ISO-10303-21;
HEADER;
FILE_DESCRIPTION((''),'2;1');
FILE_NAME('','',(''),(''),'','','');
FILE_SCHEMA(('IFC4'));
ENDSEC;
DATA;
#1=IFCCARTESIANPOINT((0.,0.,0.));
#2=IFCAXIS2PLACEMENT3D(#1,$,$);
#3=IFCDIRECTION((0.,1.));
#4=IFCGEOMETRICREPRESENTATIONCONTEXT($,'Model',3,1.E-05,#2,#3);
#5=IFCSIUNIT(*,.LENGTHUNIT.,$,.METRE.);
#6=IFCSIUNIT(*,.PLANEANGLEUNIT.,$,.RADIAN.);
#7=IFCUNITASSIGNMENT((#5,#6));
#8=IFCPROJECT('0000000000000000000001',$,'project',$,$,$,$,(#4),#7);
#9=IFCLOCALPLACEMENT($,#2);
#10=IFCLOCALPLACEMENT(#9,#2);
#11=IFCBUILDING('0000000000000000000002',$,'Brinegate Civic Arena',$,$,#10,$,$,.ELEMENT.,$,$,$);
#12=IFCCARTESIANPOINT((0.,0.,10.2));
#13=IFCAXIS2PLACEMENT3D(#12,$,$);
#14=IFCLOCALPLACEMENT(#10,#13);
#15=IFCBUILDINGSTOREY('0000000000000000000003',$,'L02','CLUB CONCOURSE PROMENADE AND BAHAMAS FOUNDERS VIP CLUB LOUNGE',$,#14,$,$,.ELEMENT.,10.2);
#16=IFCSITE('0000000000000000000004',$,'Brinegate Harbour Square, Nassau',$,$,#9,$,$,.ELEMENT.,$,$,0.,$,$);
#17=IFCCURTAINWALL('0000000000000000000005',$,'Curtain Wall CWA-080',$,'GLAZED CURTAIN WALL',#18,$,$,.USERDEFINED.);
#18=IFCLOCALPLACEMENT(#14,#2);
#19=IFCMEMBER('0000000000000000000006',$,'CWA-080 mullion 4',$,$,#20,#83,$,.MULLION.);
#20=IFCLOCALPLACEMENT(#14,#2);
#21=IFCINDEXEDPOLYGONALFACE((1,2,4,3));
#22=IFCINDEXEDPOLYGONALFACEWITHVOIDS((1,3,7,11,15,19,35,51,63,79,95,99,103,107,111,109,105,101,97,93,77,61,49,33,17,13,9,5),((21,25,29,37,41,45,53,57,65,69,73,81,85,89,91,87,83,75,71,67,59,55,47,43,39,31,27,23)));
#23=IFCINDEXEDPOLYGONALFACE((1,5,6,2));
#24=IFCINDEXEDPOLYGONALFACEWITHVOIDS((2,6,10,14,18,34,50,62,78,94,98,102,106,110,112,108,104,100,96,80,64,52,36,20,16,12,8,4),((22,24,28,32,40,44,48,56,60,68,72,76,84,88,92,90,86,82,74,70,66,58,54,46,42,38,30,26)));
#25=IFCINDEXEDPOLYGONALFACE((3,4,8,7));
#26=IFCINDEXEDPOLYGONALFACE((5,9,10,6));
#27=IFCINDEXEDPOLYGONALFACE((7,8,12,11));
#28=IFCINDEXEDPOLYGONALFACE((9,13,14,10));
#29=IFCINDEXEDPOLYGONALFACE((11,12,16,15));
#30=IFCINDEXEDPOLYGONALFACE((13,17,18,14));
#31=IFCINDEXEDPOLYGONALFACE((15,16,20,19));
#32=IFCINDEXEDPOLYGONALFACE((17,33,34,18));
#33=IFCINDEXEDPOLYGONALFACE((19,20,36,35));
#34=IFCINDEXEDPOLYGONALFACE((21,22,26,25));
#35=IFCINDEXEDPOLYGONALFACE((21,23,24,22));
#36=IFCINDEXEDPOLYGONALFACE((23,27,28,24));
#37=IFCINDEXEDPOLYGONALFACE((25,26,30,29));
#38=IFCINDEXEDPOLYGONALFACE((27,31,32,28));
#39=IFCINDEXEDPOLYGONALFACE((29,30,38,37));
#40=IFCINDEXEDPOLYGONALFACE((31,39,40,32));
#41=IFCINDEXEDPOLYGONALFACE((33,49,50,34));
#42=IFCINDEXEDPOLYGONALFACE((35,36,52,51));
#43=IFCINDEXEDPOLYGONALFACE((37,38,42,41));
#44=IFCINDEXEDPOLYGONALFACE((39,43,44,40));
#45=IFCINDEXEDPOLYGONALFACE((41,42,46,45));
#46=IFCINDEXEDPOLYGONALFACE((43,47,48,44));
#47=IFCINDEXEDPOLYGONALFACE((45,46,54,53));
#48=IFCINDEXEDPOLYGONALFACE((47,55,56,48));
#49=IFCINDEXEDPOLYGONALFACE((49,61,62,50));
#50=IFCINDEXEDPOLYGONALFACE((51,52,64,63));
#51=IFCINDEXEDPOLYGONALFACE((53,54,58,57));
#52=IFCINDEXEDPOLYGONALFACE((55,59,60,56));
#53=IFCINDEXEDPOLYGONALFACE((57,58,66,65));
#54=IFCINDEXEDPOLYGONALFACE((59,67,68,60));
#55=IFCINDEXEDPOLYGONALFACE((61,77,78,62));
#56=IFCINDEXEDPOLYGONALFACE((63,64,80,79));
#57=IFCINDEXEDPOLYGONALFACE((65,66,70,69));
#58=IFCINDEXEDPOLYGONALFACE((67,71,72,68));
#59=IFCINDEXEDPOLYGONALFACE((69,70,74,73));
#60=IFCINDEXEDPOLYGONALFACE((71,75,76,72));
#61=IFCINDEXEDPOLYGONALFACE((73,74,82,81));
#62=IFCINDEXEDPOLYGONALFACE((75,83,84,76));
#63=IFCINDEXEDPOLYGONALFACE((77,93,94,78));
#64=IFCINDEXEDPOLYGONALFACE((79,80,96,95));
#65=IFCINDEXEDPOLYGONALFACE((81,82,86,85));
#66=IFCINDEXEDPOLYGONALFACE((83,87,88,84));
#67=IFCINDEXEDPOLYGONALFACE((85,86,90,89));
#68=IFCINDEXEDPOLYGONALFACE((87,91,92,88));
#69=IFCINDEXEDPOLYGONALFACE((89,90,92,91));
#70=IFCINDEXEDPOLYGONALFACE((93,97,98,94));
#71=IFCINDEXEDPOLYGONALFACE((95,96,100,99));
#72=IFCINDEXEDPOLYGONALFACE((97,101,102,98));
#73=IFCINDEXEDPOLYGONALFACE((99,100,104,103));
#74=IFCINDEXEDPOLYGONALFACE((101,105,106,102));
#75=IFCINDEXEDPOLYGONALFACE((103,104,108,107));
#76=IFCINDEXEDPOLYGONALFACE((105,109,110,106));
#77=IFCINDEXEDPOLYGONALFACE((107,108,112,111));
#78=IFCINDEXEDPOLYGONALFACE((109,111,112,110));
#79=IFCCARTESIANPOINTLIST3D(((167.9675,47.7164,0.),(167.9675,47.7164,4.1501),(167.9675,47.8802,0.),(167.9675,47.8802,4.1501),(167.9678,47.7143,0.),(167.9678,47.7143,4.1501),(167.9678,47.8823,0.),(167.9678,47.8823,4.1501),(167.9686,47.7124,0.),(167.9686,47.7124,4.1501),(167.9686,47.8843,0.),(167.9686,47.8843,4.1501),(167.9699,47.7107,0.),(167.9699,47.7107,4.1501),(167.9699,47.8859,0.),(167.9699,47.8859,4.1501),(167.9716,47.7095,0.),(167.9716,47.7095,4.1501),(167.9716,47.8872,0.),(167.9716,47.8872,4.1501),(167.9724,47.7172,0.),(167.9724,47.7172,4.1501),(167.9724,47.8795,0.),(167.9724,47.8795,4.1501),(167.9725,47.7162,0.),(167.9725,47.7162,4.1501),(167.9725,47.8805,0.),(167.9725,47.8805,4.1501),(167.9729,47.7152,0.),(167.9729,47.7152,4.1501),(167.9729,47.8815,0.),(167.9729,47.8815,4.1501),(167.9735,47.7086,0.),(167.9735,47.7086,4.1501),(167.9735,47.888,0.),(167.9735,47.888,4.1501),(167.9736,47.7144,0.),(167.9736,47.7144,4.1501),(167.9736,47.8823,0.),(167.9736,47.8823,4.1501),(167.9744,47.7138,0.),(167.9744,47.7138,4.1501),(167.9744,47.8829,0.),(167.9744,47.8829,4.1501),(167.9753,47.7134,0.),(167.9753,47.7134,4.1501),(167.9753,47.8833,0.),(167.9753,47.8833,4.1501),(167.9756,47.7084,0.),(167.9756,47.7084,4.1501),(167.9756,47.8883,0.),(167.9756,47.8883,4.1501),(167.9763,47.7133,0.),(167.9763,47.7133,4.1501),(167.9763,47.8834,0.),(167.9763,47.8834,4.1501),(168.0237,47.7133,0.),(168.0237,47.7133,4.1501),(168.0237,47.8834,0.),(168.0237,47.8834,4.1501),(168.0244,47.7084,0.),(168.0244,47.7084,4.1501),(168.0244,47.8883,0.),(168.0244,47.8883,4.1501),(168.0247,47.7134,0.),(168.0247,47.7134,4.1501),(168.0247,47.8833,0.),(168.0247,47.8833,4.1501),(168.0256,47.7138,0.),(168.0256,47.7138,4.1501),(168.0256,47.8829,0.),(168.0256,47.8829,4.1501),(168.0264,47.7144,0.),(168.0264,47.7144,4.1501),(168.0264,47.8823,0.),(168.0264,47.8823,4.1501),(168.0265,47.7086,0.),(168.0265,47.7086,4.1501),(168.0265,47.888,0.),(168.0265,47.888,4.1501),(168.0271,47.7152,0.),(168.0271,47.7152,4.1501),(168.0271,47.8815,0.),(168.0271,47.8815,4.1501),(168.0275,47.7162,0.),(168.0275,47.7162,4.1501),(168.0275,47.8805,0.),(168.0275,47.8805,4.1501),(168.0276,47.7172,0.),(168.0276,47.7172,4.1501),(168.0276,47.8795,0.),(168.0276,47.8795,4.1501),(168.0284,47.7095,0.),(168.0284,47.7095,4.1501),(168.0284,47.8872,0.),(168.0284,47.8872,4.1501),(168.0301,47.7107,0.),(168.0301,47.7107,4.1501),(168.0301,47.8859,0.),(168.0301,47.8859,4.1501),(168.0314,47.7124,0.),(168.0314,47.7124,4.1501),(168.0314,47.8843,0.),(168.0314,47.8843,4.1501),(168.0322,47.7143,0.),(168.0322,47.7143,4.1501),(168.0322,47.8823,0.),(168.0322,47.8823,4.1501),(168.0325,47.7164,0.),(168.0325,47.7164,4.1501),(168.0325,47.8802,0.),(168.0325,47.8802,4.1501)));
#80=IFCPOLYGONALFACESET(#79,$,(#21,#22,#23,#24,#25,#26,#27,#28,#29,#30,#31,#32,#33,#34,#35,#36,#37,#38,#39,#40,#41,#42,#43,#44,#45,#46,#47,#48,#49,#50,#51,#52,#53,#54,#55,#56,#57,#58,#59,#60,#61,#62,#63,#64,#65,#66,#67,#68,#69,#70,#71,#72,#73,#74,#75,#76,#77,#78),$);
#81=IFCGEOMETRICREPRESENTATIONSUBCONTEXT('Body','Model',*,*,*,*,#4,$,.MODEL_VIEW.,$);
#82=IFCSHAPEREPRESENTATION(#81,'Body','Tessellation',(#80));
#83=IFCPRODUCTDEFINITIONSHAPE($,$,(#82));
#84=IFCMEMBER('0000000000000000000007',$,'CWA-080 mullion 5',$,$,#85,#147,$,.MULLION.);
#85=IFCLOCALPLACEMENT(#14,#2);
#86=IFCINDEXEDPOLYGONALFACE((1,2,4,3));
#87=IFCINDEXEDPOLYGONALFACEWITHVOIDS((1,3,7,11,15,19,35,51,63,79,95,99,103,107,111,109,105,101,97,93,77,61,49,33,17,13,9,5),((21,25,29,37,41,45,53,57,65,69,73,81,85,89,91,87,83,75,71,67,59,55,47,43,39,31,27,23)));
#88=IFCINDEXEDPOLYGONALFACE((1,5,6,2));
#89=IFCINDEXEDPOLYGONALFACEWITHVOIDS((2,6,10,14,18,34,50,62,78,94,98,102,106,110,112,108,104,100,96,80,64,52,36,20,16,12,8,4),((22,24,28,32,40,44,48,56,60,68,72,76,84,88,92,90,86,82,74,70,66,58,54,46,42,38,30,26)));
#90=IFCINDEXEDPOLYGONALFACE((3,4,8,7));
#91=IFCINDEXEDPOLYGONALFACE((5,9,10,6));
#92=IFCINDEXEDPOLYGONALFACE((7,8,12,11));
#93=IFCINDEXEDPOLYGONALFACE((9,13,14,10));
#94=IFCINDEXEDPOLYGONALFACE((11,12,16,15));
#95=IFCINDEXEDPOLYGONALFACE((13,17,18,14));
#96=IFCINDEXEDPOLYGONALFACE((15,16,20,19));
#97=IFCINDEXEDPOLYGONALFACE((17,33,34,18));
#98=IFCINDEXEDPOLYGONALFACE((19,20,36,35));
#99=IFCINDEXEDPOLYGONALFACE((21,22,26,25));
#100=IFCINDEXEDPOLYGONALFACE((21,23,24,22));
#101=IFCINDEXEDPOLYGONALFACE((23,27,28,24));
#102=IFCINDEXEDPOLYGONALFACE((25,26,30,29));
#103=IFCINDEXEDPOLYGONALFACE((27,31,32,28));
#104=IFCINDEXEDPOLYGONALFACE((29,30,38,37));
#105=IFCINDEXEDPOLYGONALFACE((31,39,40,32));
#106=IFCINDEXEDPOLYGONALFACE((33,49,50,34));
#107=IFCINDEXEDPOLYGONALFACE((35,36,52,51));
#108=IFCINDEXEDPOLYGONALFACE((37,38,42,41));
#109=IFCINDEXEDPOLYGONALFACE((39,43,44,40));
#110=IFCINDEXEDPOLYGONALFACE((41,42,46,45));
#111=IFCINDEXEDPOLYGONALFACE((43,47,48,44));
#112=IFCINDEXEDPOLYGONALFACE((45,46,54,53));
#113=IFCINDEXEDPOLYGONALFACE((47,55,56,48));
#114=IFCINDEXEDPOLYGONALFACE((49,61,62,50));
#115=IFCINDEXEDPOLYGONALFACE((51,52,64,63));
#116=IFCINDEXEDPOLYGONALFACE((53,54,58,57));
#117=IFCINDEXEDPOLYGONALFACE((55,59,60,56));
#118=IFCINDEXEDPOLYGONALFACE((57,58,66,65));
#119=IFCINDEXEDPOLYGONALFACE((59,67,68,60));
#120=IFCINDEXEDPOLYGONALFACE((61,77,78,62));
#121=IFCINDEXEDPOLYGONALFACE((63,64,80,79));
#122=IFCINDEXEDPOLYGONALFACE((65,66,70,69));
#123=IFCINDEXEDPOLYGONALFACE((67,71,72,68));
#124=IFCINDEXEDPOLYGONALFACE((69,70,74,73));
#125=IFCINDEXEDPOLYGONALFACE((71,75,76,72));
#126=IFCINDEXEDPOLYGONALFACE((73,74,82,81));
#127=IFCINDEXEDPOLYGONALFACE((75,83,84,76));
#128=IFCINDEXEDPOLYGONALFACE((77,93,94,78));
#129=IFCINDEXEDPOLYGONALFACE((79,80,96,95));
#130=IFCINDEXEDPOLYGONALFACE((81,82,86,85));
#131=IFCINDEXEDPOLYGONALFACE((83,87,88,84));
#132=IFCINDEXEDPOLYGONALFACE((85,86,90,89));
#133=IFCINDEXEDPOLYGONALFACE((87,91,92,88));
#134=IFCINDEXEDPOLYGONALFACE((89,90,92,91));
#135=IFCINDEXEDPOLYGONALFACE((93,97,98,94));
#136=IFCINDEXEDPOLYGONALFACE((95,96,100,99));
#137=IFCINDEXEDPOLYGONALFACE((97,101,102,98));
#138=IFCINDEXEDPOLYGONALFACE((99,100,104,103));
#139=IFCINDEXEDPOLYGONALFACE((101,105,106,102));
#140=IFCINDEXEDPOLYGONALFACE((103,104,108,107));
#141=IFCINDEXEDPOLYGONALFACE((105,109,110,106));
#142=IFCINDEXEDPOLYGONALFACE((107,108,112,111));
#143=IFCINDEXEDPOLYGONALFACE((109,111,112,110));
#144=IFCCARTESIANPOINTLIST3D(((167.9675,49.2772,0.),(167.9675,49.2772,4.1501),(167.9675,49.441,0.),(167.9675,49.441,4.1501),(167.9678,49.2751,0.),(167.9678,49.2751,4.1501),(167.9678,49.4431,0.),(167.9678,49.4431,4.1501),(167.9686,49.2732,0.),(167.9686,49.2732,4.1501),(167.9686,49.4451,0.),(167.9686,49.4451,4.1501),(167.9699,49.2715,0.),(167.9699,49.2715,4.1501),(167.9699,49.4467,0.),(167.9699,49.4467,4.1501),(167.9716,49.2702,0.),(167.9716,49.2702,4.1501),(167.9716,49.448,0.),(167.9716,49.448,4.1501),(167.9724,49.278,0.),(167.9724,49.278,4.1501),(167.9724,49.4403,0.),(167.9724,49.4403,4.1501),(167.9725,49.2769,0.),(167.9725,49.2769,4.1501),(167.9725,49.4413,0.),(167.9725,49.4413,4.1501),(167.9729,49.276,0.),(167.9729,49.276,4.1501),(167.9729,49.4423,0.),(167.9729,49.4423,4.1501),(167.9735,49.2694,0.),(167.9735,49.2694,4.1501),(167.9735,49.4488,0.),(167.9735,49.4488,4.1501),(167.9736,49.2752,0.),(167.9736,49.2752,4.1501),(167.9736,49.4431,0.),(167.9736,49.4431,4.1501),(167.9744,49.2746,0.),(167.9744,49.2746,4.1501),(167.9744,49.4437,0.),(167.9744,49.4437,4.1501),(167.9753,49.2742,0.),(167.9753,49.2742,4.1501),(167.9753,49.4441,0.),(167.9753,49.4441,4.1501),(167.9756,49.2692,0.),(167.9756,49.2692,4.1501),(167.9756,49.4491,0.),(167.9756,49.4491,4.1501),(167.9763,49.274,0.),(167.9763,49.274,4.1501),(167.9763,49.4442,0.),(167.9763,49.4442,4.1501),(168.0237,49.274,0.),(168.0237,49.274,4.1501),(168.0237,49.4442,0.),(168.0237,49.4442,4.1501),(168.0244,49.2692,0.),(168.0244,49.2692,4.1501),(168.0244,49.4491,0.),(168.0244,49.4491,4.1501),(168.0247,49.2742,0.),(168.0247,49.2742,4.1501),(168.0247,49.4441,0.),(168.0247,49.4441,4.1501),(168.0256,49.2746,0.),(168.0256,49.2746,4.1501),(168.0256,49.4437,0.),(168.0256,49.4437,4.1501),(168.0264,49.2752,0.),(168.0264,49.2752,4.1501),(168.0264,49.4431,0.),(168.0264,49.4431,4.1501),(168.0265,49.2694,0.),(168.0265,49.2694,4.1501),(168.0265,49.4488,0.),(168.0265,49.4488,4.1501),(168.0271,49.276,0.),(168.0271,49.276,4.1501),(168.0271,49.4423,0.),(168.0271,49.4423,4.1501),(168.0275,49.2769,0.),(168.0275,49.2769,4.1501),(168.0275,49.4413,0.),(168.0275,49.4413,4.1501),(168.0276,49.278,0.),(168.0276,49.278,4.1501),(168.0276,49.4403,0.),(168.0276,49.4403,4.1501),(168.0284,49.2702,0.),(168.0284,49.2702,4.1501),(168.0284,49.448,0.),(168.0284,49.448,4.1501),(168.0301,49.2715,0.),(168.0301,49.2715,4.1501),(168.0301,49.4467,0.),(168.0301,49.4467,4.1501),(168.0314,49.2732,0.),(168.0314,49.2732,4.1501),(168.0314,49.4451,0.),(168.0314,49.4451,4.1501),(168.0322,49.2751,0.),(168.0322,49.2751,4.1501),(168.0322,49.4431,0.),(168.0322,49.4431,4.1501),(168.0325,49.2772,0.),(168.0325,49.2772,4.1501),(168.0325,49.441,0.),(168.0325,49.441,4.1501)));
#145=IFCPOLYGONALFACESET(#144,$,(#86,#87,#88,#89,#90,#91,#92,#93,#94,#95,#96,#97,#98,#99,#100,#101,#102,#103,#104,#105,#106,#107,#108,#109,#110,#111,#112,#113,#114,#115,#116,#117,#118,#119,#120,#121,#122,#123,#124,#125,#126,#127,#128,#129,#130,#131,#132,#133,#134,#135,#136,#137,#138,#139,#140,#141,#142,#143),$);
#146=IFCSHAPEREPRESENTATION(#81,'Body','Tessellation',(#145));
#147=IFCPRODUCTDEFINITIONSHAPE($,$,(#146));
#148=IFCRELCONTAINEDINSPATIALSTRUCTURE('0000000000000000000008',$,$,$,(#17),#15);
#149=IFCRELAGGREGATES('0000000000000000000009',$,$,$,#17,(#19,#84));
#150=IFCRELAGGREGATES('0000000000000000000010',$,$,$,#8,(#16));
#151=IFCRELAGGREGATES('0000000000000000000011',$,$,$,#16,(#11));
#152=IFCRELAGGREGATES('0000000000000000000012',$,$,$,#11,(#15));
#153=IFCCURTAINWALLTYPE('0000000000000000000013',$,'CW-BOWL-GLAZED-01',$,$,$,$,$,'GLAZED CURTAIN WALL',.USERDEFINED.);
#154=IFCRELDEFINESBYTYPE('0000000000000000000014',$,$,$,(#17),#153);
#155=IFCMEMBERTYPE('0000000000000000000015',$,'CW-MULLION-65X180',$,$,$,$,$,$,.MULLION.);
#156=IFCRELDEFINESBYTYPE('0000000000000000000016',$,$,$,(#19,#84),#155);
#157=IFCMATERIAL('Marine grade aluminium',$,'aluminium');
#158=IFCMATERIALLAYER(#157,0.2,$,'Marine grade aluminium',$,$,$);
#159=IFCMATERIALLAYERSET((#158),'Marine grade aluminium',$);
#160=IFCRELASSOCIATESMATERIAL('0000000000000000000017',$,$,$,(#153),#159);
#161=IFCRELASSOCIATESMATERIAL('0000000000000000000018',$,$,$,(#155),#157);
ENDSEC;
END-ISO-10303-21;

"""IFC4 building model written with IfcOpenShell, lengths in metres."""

from ifc_helpers import new_model, si_unit, direction, frame, origin, origin_2d, place, context, subcontext, project, spatial, hollow_rectangle, extrude, material, layer, layer_set, material_profile, profile_set, type_object, element, aggregate, save


model = new_model("IFC4")

# Units and contexts
model_context = context("Model", 3, precision=1e-05, world=origin(), true_north=direction((0.0, 1.0)))
body_context = subcontext(model_context, "Body", "Model", "MODEL_VIEW")
ifc_project = project(units=[si_unit("LENGTHUNIT", "METRE"), si_unit("PLANEANGLEUNIT", "RADIAN")], contexts=[model_context])

# Site, building, storey
site_placement = place(None, origin())
site = spatial("IfcSite", under=ifc_project, at=site_placement, Name="Brinegate Harbour Square, Nassau", CompositionType="ELEMENT", RefElevation=0.0)
building_placement = place(site_placement, origin())
building = spatial("IfcBuilding", under=site, at=building_placement, Name="Brinegate Civic Arena", CompositionType="ELEMENT")
storey_placement = place(building_placement, frame((0.0, 0.0, 10.2)))
storey = spatial("IfcBuildingStorey", under=building, at=storey_placement, Name="L02", Description="CLUB CONCOURSE PROMENADE AND BAHAMAS FOUNDERS VIP CLUB LOUNGE", CompositionType="ELEMENT", Elevation=10.2)

# Curtain wall, members
ifc_material_1 = material(Name="Marine grade aluminium", Category="aluminium")
ifc_layer_1 = layer(ifc_material_1, 0.2, Name="Marine grade aluminium")
ifc_layer_set_1 = layer_set([ifc_layer_1], Name="Marine grade aluminium")
curtain_wall_type = type_object("IfcCurtainWallType", Name="CW-BOWL-GLAZED-01", ElementType="GLAZED CURTAIN WALL", PredefinedType="USERDEFINED", material=ifc_layer_set_1)
curtain_wall_placement = place(storey_placement, origin())
curtain_wall = element("IfcCurtainWall", 1, at=curtain_wall_placement, inside=storey, type_object=curtain_wall_type, Name="Curtain Wall CWA-080", ObjectType="GLAZED CURTAIN WALL", PredefinedType="USERDEFINED")
ifc_material_profile_1 = material_profile(ifc_material_1, hollow_rectangle(XDim=0.0649, YDim=0.1799, WallThickness=0.0049, InnerFilletRadius=0.0039, OuterFilletRadius=0.0081, at=origin_2d()), Name="MUL65X180")
ifc_profile_set_1 = profile_set([ifc_material_profile_1], Name="Marine grade aluminium")
member_type_1 = type_object("IfcMemberType", Name="CW-MULLION-65X180", PredefinedType="MULLION", material=ifc_profile_set_1)
member_1_placement = place(storey_placement, frame((168.0, 47.7983, 0.0), z_axis=(0.0, 0.0, 1.0), x_axis=(-1.0, 0.0, 0.0)))
member_1 = element("IfcMember", 2, at=member_1_placement, type_object=member_type_1, Name="CWA-080 mullion 4", PredefinedType="MULLION", context=body_context, shape_type="SweptSolid", body=[
    extrude(hollow_rectangle(XDim=0.0649, YDim=0.1799, WallThickness=0.0049, InnerFilletRadius=0.0039, OuterFilletRadius=0.0081, at=origin_2d()), origin(), (0.0, 0.0, 1.0), 4.1501),
])
member_2_placement = place(storey_placement, frame((168.0, 49.3591, 0.0), z_axis=(0.0, 0.0, 1.0), x_axis=(-1.0, 0.0, 0.0)))
member_2 = element("IfcMember", 3, at=member_2_placement, type_object=member_type_1, Name="CWA-080 mullion 5", PredefinedType="MULLION", context=body_context, shape_type="SweptSolid", body=[
    extrude(hollow_rectangle(XDim=0.0649, YDim=0.1799, WallThickness=0.0049, InnerFilletRadius=0.0039, OuterFilletRadius=0.0081, at=origin_2d()), origin(), (0.0, 0.0, 1.0), 4.1501),
])

aggregate(curtain_wall, [member_1, member_2])

save(model, "model.ifc")
